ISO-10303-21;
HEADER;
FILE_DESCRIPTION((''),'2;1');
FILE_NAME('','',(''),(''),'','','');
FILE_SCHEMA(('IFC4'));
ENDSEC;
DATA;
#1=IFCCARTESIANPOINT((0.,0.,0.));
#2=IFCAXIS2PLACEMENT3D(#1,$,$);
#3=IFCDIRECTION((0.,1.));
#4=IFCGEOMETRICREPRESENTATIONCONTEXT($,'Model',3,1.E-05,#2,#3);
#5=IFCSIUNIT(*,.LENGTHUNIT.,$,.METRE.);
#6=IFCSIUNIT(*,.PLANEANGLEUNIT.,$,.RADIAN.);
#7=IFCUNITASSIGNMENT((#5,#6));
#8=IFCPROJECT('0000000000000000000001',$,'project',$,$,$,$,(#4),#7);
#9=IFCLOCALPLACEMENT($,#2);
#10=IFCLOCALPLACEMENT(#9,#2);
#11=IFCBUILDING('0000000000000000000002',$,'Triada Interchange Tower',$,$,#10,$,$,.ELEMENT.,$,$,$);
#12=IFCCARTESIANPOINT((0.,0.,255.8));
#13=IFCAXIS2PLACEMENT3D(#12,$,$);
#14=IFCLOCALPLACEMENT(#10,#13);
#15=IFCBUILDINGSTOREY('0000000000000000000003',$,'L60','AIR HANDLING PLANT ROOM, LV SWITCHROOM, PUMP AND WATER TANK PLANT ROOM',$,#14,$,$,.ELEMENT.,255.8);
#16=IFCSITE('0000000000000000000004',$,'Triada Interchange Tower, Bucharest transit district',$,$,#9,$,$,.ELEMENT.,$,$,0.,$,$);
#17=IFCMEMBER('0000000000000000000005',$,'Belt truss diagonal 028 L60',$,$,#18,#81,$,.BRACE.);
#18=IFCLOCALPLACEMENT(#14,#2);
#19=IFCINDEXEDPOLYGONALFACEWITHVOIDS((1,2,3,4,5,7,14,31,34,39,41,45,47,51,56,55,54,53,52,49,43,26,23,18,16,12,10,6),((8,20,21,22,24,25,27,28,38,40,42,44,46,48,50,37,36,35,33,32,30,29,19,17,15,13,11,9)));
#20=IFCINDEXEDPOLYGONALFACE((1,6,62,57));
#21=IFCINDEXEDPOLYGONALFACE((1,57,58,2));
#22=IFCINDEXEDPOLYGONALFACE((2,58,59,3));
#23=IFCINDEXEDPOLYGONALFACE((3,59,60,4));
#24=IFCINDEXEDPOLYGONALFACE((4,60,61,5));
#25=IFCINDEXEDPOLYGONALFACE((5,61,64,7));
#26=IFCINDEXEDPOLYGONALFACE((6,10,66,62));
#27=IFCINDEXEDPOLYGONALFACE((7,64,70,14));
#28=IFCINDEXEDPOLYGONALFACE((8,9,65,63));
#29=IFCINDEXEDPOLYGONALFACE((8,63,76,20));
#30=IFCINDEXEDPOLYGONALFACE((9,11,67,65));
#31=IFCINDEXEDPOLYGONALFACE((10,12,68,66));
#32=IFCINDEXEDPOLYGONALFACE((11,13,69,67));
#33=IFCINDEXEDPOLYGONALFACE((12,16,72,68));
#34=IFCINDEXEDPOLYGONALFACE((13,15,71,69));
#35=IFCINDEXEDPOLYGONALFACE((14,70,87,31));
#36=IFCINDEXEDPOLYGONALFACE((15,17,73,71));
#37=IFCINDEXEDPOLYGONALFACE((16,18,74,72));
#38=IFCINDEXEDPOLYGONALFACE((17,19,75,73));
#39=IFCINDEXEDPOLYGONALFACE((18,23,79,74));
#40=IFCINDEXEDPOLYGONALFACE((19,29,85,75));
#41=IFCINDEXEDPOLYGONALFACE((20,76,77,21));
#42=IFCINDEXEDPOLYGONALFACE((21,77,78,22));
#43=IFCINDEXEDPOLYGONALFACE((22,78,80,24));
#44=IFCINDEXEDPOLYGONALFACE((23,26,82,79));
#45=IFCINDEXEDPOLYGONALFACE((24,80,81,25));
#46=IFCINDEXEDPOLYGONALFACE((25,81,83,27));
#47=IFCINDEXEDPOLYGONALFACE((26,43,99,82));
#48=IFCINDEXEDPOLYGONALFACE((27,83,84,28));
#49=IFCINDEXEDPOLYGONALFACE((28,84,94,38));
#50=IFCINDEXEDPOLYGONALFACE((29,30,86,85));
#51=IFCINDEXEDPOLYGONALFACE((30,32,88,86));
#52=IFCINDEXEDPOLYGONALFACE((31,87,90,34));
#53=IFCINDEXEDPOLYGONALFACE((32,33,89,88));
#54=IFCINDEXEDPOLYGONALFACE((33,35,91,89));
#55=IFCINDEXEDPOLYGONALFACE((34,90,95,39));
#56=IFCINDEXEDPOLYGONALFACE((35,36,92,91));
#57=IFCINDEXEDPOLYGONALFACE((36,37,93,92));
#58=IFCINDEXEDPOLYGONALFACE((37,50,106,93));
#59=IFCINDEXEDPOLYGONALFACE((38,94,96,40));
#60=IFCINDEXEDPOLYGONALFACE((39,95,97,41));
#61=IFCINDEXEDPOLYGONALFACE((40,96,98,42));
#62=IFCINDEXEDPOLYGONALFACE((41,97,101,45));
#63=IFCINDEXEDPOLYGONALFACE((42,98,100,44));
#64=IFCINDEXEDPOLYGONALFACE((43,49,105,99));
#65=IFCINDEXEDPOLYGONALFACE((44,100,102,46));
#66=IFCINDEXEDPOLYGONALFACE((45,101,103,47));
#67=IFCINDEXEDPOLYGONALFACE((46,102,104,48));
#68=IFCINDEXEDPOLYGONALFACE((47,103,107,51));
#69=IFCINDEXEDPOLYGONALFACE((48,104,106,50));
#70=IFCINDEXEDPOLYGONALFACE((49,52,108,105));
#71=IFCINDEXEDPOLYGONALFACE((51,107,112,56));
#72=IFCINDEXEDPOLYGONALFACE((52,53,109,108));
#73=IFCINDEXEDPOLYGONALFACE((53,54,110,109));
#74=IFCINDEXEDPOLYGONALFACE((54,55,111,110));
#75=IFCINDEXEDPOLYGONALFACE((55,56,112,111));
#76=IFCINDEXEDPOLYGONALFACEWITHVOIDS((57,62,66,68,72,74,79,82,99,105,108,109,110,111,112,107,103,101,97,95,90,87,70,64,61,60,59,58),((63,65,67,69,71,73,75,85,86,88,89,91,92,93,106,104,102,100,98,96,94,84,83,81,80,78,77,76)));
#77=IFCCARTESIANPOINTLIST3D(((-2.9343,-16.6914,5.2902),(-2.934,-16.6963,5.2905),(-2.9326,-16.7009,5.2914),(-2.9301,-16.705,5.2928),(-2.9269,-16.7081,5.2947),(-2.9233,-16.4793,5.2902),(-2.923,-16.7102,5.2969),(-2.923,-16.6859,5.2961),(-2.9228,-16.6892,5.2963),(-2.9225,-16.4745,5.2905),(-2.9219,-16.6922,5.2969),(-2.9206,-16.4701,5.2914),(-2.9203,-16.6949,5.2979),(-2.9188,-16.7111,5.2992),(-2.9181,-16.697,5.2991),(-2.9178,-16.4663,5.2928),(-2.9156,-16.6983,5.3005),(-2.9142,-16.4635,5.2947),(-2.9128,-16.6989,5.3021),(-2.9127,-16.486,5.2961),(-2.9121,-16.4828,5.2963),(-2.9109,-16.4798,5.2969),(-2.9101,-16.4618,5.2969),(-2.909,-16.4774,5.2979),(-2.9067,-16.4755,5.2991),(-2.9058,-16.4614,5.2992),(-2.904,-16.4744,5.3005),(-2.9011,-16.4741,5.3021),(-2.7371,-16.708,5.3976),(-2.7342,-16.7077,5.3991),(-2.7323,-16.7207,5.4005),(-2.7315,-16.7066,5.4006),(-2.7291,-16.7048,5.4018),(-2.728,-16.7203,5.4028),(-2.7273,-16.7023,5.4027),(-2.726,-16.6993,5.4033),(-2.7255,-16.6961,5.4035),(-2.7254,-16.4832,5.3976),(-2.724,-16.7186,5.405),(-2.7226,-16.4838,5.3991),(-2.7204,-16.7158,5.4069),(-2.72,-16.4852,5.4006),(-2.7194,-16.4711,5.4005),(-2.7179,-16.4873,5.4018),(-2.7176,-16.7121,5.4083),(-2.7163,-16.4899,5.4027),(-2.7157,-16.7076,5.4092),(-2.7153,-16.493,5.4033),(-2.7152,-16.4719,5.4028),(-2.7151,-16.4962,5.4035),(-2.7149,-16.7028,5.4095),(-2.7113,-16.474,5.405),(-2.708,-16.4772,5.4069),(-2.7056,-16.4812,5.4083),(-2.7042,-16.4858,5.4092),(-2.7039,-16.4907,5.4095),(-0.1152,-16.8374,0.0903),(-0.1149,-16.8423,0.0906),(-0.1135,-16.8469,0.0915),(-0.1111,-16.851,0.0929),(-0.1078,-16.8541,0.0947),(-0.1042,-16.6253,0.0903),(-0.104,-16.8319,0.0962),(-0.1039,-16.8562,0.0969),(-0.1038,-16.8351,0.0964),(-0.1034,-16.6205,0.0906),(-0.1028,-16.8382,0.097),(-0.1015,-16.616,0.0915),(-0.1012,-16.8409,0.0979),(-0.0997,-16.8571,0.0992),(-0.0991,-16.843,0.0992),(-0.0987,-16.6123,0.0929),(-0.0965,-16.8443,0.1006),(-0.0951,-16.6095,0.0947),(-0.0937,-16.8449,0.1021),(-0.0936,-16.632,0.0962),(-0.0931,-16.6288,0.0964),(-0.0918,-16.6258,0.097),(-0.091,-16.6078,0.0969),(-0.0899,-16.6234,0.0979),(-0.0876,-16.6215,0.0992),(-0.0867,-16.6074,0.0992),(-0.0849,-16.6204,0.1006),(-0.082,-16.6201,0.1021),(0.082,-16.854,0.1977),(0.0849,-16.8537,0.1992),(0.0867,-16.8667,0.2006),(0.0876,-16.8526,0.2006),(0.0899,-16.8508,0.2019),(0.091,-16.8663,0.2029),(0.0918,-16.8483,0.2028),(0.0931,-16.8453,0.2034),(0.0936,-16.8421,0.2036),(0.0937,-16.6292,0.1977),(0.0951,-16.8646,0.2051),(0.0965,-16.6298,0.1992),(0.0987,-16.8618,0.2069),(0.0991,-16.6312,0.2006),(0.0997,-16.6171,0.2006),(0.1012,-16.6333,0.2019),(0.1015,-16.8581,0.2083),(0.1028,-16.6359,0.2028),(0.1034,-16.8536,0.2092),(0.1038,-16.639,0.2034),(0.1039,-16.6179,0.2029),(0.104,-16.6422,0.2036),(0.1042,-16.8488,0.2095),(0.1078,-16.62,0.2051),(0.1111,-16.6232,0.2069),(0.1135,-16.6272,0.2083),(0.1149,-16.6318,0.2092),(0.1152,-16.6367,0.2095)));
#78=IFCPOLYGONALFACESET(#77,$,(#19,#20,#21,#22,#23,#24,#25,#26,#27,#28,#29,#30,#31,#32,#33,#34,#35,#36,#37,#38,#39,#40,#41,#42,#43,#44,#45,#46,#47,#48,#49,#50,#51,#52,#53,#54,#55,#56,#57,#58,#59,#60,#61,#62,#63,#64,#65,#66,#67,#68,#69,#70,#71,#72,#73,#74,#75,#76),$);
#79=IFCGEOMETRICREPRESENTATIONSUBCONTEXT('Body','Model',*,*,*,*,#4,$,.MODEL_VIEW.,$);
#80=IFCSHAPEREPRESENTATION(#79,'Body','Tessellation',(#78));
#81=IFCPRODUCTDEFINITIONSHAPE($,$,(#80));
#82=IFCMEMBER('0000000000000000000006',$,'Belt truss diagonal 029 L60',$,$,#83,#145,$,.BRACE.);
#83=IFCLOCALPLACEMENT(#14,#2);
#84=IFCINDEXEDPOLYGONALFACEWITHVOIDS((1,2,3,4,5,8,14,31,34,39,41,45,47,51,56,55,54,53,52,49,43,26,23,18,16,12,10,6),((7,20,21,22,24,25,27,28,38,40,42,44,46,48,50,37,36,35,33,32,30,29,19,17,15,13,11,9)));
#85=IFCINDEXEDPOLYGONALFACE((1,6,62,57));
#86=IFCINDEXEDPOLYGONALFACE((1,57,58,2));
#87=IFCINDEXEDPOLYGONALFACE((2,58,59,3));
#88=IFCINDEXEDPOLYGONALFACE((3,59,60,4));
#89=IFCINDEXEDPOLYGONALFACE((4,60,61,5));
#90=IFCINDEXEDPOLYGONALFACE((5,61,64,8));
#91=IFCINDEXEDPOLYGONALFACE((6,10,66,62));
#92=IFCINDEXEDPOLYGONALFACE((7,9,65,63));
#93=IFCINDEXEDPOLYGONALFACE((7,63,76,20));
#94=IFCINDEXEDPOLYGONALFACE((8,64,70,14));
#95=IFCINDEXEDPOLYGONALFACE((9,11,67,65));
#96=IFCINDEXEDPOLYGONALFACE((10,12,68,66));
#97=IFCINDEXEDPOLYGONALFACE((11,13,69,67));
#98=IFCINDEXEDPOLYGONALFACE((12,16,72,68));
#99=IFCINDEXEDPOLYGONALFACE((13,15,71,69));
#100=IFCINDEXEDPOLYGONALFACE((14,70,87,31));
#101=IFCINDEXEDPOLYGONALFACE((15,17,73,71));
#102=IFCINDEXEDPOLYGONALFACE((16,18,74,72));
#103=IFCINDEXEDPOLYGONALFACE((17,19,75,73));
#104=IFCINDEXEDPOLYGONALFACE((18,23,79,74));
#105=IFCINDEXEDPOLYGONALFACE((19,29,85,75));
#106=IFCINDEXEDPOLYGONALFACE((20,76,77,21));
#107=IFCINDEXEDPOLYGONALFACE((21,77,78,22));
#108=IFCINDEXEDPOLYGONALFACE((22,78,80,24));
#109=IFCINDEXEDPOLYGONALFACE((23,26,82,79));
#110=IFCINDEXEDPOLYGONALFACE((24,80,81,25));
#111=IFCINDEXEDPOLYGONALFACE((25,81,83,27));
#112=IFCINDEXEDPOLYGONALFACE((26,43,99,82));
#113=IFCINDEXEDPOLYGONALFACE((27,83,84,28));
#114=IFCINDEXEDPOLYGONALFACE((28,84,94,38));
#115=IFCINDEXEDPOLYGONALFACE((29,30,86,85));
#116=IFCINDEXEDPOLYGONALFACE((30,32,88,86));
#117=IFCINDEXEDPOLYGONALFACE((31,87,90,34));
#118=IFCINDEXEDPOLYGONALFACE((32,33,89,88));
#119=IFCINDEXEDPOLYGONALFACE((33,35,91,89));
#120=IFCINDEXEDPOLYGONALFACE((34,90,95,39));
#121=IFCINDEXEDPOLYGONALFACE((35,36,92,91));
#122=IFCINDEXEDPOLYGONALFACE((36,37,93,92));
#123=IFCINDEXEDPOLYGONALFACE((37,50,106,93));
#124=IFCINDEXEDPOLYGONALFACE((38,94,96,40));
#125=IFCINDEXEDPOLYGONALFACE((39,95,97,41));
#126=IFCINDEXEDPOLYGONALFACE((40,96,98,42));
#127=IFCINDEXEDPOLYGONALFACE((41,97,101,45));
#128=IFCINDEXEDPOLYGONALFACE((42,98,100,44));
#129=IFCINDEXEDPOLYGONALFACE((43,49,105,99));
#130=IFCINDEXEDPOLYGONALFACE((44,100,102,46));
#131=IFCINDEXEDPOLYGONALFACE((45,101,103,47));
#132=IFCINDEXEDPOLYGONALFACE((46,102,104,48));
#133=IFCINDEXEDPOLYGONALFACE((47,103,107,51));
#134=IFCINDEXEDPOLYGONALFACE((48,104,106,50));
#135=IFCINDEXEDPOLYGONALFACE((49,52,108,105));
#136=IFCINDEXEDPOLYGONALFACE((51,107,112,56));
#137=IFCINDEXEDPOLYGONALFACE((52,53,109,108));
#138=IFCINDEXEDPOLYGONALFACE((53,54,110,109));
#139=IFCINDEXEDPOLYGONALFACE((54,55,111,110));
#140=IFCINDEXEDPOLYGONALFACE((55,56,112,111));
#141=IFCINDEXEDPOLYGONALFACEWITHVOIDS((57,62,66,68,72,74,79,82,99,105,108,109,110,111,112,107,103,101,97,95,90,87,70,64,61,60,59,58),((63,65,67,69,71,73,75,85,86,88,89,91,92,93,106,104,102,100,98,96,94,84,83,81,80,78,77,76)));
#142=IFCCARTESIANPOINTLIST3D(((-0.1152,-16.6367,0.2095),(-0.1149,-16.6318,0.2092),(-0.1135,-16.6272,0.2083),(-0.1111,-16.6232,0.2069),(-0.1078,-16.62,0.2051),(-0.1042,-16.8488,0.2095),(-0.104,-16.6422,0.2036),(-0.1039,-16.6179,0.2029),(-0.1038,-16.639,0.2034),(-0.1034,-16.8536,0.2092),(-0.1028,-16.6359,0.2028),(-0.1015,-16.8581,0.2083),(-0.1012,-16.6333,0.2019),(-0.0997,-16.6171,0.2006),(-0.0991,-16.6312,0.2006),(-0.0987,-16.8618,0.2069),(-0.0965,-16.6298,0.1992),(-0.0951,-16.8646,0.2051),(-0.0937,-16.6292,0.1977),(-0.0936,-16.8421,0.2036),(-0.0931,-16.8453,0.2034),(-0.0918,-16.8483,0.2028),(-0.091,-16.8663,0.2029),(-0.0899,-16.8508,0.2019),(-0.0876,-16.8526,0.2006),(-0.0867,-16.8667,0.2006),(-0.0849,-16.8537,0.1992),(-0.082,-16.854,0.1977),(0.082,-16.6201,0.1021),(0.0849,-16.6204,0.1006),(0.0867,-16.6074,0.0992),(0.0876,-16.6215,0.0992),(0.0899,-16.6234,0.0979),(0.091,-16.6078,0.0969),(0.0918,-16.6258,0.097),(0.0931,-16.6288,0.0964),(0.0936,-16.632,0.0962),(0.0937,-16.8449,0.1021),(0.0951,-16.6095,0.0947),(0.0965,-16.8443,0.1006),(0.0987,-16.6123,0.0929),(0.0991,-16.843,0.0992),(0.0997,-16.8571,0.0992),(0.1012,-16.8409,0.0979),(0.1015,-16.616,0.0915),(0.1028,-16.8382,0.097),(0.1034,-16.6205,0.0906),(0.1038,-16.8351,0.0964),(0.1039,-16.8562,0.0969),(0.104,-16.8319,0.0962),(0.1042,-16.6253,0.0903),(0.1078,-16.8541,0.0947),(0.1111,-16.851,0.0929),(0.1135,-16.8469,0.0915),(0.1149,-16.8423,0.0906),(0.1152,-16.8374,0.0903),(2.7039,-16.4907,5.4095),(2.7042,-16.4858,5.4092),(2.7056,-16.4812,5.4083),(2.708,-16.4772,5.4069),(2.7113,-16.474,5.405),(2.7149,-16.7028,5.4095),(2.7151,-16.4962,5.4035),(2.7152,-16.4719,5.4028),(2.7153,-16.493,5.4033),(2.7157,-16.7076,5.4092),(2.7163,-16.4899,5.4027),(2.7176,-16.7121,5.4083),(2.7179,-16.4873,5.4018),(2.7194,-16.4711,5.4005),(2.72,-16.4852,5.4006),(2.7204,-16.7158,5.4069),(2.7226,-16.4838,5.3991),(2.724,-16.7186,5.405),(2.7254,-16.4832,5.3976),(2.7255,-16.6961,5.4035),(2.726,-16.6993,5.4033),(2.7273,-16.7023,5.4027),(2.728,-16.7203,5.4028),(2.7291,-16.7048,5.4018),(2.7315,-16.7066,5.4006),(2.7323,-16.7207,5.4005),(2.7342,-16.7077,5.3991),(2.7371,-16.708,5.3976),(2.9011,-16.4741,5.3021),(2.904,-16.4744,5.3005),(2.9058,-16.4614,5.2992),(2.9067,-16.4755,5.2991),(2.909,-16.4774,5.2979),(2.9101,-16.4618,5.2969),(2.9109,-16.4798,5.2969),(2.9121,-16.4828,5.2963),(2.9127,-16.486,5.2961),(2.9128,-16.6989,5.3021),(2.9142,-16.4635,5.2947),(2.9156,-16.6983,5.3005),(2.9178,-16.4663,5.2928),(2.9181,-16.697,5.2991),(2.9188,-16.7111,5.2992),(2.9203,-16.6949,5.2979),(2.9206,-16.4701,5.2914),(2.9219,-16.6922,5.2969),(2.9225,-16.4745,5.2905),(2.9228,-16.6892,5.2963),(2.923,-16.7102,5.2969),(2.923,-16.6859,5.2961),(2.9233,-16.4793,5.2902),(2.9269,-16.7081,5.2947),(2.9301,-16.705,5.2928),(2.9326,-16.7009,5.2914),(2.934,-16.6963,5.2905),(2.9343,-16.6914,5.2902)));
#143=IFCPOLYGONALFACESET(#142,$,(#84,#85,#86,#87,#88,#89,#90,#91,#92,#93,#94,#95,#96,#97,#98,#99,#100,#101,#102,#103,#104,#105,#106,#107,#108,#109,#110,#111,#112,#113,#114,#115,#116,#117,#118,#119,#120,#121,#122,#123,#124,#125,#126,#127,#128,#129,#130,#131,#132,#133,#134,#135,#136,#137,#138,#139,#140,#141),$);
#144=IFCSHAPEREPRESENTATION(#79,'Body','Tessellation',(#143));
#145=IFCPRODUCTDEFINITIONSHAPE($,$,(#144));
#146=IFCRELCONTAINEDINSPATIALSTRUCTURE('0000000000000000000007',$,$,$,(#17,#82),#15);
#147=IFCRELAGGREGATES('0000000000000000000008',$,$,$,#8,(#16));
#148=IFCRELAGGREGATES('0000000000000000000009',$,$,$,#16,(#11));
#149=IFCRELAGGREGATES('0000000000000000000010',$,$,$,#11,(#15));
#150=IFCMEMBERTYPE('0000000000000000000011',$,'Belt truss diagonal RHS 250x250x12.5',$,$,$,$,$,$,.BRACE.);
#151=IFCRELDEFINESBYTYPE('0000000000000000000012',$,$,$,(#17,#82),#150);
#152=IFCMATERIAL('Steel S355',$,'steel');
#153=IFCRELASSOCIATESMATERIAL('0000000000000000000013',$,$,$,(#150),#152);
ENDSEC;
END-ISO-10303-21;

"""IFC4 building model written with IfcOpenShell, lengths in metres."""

from ifc_helpers import new_model, si_unit, direction, frame, origin, origin_2d, place, context, subcontext, project, spatial, hollow_rectangle, extrude, material, material_profile, profile_set, type_object, element, save


model = new_model("IFC4")

# Units and contexts
model_context = context("Model", 3, precision=1e-05, world=origin(), true_north=direction((0.0, 1.0)))
body_context = subcontext(model_context, "Body", "Model", "MODEL_VIEW")
ifc_project = project(units=[si_unit("LENGTHUNIT", "METRE"), si_unit("PLANEANGLEUNIT", "RADIAN")], contexts=[model_context])

# Site, building, storey
site_placement = place(None, origin())
site = spatial("IfcSite", under=ifc_project, at=site_placement, Name="Triada Interchange Tower, Bucharest transit district", CompositionType="ELEMENT", RefElevation=0.0)
building_placement = place(site_placement, origin())
building = spatial("IfcBuilding", under=site, at=building_placement, Name="Triada Interchange Tower", CompositionType="ELEMENT")
storey_placement = place(building_placement, frame((0.0, 0.0, 255.8)))
storey = spatial("IfcBuildingStorey", under=building, at=storey_placement, Name="L60", Description="AIR HANDLING PLANT ROOM, LV SWITCHROOM, PUMP AND WATER TANK PLANT ROOM", CompositionType="ELEMENT", Elevation=255.8)

# Members
ifc_material_1 = material(Name="Steel S355", Category="steel")
ifc_material_profile_1 = material_profile(ifc_material_1, hollow_rectangle(XDim=0.25, YDim=0.25, WallThickness=0.0125, InnerFilletRadius=0.0125, OuterFilletRadius=0.0188, at=origin_2d()), Name="RHS 250x250x12.5")
ifc_profile_set_1 = profile_set([ifc_material_profile_1], Name="Steel S355")
member_type_1 = type_object("IfcMemberType", Name="Belt truss diagonal RHS 250x250x12.5", PredefinedType="BRACE", material=ifc_profile_set_1)
for number, where, z_axis, x_axis, name in (
    (1, (0.0, -16.7371, 0.1499), (-0.476458, 0.024675, 0.878851), (-0.051719, -0.998662, 0.0), "Belt truss diagonal 028 L60"),
    (2, (0.0, -16.7371, 0.1499), (0.476458, 0.024675, 0.878851), (-0.051719, 0.998662, 0.0), "Belt truss diagonal 029 L60"),
):
    element("IfcMember", number, at=place(storey_placement, frame(where, z_axis=z_axis, x_axis=x_axis)), inside=storey, type_object=member_type_1, Name=name, PredefinedType="BRACE", context=body_context, shape_type="SweptSolid", body=[
        extrude(hollow_rectangle(XDim=0.25, YDim=0.25, WallThickness=0.0125, InnerFilletRadius=0.0125, OuterFilletRadius=0.0188, at=origin_2d()), origin(), (0.0, 0.0, 1.0), 5.9167),
    ])

save(model, "model.ifc")
